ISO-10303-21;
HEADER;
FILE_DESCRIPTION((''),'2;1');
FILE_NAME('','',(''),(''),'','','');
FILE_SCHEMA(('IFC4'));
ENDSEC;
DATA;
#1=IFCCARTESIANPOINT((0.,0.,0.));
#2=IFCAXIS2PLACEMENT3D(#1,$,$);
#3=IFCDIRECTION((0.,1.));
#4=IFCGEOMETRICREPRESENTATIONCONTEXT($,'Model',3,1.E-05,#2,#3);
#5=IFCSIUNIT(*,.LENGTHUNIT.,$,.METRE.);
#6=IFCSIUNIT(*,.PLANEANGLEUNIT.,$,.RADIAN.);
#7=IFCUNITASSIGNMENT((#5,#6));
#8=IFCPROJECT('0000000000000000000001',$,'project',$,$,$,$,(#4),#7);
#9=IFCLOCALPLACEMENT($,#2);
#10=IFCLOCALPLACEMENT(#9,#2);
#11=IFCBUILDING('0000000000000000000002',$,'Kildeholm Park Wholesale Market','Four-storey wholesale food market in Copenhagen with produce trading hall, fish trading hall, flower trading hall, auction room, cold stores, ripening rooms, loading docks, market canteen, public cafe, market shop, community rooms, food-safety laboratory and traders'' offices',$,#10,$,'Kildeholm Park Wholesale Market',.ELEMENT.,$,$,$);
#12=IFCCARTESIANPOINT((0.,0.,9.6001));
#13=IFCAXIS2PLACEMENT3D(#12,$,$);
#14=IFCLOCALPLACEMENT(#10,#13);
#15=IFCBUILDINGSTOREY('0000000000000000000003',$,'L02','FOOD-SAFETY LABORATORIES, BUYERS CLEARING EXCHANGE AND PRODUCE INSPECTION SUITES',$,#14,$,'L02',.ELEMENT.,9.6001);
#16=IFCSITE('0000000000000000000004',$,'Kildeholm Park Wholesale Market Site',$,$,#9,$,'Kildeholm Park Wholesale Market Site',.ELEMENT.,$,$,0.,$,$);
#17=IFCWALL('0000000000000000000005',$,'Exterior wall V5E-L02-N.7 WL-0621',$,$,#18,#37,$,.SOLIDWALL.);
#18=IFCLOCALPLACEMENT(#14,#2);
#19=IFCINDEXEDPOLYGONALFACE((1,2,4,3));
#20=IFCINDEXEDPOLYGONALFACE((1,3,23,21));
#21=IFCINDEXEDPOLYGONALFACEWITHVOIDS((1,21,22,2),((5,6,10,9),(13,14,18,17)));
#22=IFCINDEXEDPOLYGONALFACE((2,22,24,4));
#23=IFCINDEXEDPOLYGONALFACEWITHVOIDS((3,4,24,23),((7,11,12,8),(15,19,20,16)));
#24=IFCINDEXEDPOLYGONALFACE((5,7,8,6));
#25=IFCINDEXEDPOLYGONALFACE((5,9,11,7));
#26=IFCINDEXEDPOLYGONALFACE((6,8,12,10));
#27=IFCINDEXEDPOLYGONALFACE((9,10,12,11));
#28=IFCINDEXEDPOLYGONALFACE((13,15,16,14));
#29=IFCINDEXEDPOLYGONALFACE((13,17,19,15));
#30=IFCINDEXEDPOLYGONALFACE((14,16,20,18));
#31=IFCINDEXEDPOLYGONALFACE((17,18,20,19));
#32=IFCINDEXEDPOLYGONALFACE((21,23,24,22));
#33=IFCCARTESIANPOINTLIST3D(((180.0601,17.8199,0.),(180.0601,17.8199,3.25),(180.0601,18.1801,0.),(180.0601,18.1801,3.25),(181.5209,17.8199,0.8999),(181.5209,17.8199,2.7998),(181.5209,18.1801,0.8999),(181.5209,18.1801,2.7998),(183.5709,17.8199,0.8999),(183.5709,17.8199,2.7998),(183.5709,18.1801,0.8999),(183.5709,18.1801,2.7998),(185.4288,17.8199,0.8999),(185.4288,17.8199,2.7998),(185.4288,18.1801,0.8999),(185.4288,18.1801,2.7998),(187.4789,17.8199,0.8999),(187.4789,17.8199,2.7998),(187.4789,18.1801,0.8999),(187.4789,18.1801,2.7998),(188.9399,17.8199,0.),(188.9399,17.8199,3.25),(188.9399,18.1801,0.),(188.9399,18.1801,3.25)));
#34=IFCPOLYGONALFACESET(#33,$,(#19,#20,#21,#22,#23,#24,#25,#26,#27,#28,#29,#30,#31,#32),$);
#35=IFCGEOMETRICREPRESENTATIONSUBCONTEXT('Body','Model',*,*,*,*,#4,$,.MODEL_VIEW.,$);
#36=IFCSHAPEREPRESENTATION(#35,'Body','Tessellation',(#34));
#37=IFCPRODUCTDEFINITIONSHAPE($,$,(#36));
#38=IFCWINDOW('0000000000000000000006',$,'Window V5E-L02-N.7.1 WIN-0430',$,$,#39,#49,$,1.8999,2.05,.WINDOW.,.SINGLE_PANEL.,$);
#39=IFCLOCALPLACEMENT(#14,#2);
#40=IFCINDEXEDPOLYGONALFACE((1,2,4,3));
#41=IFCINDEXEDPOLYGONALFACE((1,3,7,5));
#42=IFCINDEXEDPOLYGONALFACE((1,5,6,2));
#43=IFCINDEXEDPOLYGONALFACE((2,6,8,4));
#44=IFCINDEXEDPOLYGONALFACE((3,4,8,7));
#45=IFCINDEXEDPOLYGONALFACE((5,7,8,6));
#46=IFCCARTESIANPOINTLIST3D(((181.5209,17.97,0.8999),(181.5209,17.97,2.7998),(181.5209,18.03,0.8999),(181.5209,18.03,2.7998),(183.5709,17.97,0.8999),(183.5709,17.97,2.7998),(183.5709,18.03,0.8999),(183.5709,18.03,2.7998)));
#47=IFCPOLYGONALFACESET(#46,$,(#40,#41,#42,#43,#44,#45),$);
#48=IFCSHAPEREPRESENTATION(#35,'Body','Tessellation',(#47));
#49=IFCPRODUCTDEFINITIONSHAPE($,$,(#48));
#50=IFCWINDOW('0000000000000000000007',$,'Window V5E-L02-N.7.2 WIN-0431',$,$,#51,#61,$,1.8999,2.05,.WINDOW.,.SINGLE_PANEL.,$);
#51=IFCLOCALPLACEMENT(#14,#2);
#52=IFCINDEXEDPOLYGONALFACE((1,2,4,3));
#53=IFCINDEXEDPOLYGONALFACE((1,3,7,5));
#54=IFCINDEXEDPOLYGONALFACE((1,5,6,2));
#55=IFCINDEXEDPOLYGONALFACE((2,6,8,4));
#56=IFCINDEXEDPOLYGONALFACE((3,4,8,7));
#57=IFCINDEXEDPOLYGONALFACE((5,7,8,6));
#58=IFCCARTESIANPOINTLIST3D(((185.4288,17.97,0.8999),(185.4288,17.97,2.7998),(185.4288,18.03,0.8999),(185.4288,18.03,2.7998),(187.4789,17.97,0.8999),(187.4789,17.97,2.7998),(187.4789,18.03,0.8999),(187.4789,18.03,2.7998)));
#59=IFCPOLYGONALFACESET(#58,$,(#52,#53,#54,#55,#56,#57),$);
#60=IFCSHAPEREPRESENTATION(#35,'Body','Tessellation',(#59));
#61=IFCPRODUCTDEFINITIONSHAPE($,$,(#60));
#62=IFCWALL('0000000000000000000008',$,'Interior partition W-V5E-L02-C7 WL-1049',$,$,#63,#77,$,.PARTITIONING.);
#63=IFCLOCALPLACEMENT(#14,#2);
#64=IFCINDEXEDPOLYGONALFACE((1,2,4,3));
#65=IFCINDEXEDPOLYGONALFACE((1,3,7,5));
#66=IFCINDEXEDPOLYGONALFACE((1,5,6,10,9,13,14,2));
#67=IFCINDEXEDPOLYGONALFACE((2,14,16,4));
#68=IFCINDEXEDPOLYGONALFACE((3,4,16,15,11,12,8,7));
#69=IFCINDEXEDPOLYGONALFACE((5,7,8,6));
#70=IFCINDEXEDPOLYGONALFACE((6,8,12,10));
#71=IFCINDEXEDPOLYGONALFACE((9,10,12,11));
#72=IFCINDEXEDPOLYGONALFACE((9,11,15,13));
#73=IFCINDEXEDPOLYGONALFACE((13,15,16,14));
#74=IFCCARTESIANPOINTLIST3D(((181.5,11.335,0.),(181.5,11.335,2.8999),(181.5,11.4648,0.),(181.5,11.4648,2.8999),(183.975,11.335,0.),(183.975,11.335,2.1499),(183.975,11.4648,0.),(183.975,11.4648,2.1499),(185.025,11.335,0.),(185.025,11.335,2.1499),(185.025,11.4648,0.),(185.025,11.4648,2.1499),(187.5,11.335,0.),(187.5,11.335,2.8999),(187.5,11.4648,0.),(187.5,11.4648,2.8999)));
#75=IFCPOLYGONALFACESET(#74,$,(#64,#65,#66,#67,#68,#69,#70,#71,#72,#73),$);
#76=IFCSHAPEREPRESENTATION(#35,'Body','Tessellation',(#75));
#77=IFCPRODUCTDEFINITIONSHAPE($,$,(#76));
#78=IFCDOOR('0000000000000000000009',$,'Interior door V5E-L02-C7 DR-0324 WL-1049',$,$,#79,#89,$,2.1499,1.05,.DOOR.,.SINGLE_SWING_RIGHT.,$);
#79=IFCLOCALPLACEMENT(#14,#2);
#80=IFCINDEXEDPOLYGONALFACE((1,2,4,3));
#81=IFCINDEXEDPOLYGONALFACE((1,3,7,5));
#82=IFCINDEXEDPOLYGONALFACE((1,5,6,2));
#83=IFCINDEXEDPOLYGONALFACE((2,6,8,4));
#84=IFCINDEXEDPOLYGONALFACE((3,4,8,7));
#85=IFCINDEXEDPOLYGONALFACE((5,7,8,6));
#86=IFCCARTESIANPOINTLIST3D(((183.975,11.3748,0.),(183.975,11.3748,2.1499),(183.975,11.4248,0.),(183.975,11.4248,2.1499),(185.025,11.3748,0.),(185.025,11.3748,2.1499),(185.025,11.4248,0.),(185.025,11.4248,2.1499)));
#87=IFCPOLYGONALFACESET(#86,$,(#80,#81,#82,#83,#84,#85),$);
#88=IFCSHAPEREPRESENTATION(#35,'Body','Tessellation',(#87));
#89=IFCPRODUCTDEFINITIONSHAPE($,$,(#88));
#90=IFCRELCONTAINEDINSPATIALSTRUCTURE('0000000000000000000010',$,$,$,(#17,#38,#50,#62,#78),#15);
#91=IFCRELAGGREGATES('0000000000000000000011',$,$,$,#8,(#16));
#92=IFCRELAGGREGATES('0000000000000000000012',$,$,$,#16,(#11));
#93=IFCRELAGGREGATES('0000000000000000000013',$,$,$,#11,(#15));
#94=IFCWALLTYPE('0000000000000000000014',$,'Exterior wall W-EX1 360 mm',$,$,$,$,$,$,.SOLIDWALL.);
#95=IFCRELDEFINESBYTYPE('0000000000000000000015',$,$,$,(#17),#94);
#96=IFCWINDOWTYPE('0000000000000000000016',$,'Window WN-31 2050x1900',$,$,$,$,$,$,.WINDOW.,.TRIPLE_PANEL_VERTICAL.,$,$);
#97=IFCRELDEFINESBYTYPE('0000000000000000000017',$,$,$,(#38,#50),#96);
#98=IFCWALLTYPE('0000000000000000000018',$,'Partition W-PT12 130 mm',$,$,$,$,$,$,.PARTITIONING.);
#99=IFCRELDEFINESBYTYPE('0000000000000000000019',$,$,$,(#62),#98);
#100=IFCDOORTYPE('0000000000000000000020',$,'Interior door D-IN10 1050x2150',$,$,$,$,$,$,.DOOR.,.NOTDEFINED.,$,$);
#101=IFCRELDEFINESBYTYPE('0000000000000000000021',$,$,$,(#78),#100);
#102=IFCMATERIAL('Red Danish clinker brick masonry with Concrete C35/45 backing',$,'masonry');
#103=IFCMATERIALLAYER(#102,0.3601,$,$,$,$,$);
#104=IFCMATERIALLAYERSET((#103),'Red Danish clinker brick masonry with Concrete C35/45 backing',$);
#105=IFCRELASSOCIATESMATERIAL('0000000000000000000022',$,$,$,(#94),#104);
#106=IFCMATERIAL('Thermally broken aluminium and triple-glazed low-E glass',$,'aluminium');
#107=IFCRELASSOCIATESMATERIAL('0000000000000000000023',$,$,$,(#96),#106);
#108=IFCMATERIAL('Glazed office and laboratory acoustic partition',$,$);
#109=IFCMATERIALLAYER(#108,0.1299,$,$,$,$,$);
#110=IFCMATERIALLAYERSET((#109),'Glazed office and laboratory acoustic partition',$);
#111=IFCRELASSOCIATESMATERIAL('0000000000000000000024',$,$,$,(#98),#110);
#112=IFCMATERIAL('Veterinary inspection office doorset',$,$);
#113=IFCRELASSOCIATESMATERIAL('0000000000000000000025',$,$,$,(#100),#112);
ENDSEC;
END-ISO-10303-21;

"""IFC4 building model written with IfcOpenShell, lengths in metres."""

from ifc_helpers import new_model, si_unit, direction, frame, frame_2d, origin, place, context, subcontext, project, spatial, rectangle, extrude, material, layer, layer_set, type_object, element, fill, save


model = new_model("IFC4")

# Units and contexts
model_context = context("Model", 3, precision=1e-05, world=origin(), true_north=direction((0.0, 1.0)))
body_context = subcontext(model_context, "Body", "Model", "MODEL_VIEW")
ifc_project = project(units=[si_unit("LENGTHUNIT", "METRE"), si_unit("PLANEANGLEUNIT", "RADIAN")], contexts=[model_context])

# Site, building, storey
site_placement = place(None, origin())
site = spatial("IfcSite", under=ifc_project, at=site_placement, Name="Kildeholm Park Wholesale Market Site", LongName="Kildeholm Park Wholesale Market Site", CompositionType="ELEMENT", RefElevation=0.0)
building_placement = place(site_placement, origin())
building = spatial("IfcBuilding", under=site, at=building_placement, Name="Kildeholm Park Wholesale Market", Description="Four-storey wholesale food market in Copenhagen with produce trading hall, fish trading hall, flower trading hall, auction room, cold stores, ripening rooms, loading docks, market canteen, public cafe, market shop, community rooms, food-safety laboratory and traders' offices", LongName="Kildeholm Park Wholesale Market", CompositionType="ELEMENT")
storey_placement = place(building_placement, frame((0.0, 0.0, 9.6001)))
storey = spatial("IfcBuildingStorey", under=building, at=storey_placement, Name="L02", Description="FOOD-SAFETY LABORATORIES, BUYERS CLEARING EXCHANGE AND PRODUCE INSPECTION SUITES", LongName="L02", CompositionType="ELEMENT", Elevation=9.6001)

# Shared definitions
ifc_material_1 = material(Name="Red Danish clinker brick masonry with Concrete C35/45 backing", Category="masonry")
ifc_layer_1 = layer(ifc_material_1, 0.3601)
ifc_layer_set_1 = layer_set([ifc_layer_1], Name="Red Danish clinker brick masonry with Concrete C35/45 backing")
wall_type_1 = type_object("IfcWallType", Name="Exterior wall W-EX1 360 mm", PredefinedType="SOLIDWALL", material=ifc_layer_set_1)

# Wall, openings, windows
wall_1_placement = place(storey_placement, frame((180.0601, 18.0, 0.0), z_axis=(0.0, 0.0, 1.0), x_axis=(1.0, 0.0, 0.0)))
wall_1 = element("IfcWall", 1, at=wall_1_placement, inside=storey, type_object=wall_type_1, Name="Exterior wall V5E-L02-N.7 WL-0621", PredefinedType="SOLIDWALL", context=body_context, shape_type="SweptSolid", body=[
    extrude(rectangle(XDim=8.8799, YDim=0.3601, at=frame_2d((4.4399, 0.0))), origin(), (0.0, 0.0, 1.0), 3.25),
])
opening_1_placement = place(wall_1_placement, frame((1.4609, 0.0, 0.8999)))
opening_1 = element("IfcOpeningElement", 2, at=opening_1_placement, cuts=wall_1, PredefinedType="OPENING", context=body_context, shape_type="SweptSolid", body=[
    extrude(rectangle(XDim=2.05, YDim=1.8999, at=frame_2d((1.0249, 0.95))), frame((0.0, 0.1899, 0.0), z_axis=(0.0, -1.0, 0.0), x_axis=(1.0, 0.0, 0.0)), (0.0, 0.0, 1.0), 0.3801),
])
opening_2_placement = place(wall_1_placement, frame((5.3689, 0.0, 0.8999)))
opening_2 = element("IfcOpeningElement", 3, at=opening_2_placement, cuts=wall_1, PredefinedType="OPENING", context=body_context, shape_type="SweptSolid", body=[
    extrude(rectangle(XDim=2.05, YDim=1.8999, at=frame_2d((1.0249, 0.95))), frame((0.0, 0.1899, 0.0), z_axis=(0.0, -1.0, 0.0), x_axis=(1.0, 0.0, 0.0)), (0.0, 0.0, 1.0), 0.3801),
])
ifc_material_2 = material(Name="Thermally broken aluminium and triple-glazed low-E glass", Category="aluminium")
window_type = type_object("IfcWindowType", Name="Window WN-31 2050x1900", PartitioningType="TRIPLE_PANEL_VERTICAL", PredefinedType="WINDOW", material=ifc_material_2)
window_1_placement = place(opening_1_placement, origin())
window_1 = element("IfcWindow", 4, at=window_1_placement, inside=storey, type_object=window_type, Name="Window V5E-L02-N.7.1 WIN-0430", OverallHeight=1.8999, OverallWidth=2.05, PartitioningType="SINGLE_PANEL", PredefinedType="WINDOW", context=body_context, shape_type="SweptSolid", body=[
    extrude(rectangle(XDim=2.05, YDim=1.8999, at=frame_2d((1.0249, 0.95))), frame((0.0, 0.03, 0.0), z_axis=(0.0, -1.0, 0.0), x_axis=(1.0, 0.0, 0.0)), (0.0, 0.0, 1.0), 0.0601),
])
fill(opening_1, window_1)
window_2_placement = place(opening_2_placement, origin())
window_2 = element("IfcWindow", 5, at=window_2_placement, inside=storey, type_object=window_type, Name="Window V5E-L02-N.7.2 WIN-0431", OverallHeight=1.8999, OverallWidth=2.05, PartitioningType="SINGLE_PANEL", PredefinedType="WINDOW", context=body_context, shape_type="SweptSolid", body=[
    extrude(rectangle(XDim=2.05, YDim=1.8999, at=frame_2d((1.0249, 0.95))), frame((0.0, 0.03, 0.0), z_axis=(0.0, -1.0, 0.0), x_axis=(1.0, 0.0, 0.0)), (0.0, 0.0, 1.0), 0.0601),
])
fill(opening_2, window_2)

# Wall, opening, door
ifc_material_3 = material(Name="Glazed office and laboratory acoustic partition")
ifc_layer_2 = layer(ifc_material_3, 0.1299)
ifc_layer_set_2 = layer_set([ifc_layer_2], Name="Glazed office and laboratory acoustic partition")
wall_type_2 = type_object("IfcWallType", Name="Partition W-PT12 130 mm", PredefinedType="PARTITIONING", material=ifc_layer_set_2)
wall_2_placement = place(storey_placement, frame((181.5, 11.3999, 0.0), z_axis=(0.0, 0.0, 1.0), x_axis=(1.0, 0.0, 0.0)))
wall_2 = element("IfcWall", 6, at=wall_2_placement, inside=storey, type_object=wall_type_2, Name="Interior partition W-V5E-L02-C7 WL-1049", PredefinedType="PARTITIONING", context=body_context, shape_type="SweptSolid", body=[
    extrude(rectangle(XDim=6.0, YDim=0.1299, at=frame_2d((3.0, 0.0))), origin(), (0.0, 0.0, 1.0), 2.8999),
])
opening_3_placement = place(wall_2_placement, frame((2.4751, 0.0, 0.0)))
opening_3 = element("IfcOpeningElement", 7, at=opening_3_placement, cuts=wall_2, PredefinedType="OPENING", context=body_context, shape_type="SweptSolid", body=[
    extrude(rectangle(XDim=1.05, YDim=2.1499, at=frame_2d((0.5249, 1.075))), frame((0.0, 0.075, 0.0), z_axis=(0.0, -1.0, 0.0), x_axis=(1.0, 0.0, 0.0)), (0.0, 0.0, 1.0), 0.1499),
])
ifc_material_4 = material(Name="Veterinary inspection office doorset")
door_type_1 = type_object("IfcDoorType", Name="Interior door D-IN10 1050x2150", OperationType="NOTDEFINED", PredefinedType="DOOR", material=ifc_material_4)
door_1_placement = place(opening_3_placement, origin())
door_1 = element("IfcDoor", 8, at=door_1_placement, inside=storey, type_object=door_type_1, Name="Interior door V5E-L02-C7 DR-0324 WL-1049", OperationType="SINGLE_SWING_RIGHT", OverallHeight=2.1499, OverallWidth=1.05, PredefinedType="DOOR", context=body_context, shape_type="SweptSolid", body=[
    extrude(rectangle(XDim=1.05, YDim=2.1499, at=frame_2d((0.5249, 1.075))), frame((0.0, 0.0249, 0.0), z_axis=(0.0, -1.0, 0.0), x_axis=(1.0, 0.0, 0.0)), (0.0, 0.0, 1.0), 0.05),
])
fill(opening_3, door_1)

save(model, "model.ifc")
